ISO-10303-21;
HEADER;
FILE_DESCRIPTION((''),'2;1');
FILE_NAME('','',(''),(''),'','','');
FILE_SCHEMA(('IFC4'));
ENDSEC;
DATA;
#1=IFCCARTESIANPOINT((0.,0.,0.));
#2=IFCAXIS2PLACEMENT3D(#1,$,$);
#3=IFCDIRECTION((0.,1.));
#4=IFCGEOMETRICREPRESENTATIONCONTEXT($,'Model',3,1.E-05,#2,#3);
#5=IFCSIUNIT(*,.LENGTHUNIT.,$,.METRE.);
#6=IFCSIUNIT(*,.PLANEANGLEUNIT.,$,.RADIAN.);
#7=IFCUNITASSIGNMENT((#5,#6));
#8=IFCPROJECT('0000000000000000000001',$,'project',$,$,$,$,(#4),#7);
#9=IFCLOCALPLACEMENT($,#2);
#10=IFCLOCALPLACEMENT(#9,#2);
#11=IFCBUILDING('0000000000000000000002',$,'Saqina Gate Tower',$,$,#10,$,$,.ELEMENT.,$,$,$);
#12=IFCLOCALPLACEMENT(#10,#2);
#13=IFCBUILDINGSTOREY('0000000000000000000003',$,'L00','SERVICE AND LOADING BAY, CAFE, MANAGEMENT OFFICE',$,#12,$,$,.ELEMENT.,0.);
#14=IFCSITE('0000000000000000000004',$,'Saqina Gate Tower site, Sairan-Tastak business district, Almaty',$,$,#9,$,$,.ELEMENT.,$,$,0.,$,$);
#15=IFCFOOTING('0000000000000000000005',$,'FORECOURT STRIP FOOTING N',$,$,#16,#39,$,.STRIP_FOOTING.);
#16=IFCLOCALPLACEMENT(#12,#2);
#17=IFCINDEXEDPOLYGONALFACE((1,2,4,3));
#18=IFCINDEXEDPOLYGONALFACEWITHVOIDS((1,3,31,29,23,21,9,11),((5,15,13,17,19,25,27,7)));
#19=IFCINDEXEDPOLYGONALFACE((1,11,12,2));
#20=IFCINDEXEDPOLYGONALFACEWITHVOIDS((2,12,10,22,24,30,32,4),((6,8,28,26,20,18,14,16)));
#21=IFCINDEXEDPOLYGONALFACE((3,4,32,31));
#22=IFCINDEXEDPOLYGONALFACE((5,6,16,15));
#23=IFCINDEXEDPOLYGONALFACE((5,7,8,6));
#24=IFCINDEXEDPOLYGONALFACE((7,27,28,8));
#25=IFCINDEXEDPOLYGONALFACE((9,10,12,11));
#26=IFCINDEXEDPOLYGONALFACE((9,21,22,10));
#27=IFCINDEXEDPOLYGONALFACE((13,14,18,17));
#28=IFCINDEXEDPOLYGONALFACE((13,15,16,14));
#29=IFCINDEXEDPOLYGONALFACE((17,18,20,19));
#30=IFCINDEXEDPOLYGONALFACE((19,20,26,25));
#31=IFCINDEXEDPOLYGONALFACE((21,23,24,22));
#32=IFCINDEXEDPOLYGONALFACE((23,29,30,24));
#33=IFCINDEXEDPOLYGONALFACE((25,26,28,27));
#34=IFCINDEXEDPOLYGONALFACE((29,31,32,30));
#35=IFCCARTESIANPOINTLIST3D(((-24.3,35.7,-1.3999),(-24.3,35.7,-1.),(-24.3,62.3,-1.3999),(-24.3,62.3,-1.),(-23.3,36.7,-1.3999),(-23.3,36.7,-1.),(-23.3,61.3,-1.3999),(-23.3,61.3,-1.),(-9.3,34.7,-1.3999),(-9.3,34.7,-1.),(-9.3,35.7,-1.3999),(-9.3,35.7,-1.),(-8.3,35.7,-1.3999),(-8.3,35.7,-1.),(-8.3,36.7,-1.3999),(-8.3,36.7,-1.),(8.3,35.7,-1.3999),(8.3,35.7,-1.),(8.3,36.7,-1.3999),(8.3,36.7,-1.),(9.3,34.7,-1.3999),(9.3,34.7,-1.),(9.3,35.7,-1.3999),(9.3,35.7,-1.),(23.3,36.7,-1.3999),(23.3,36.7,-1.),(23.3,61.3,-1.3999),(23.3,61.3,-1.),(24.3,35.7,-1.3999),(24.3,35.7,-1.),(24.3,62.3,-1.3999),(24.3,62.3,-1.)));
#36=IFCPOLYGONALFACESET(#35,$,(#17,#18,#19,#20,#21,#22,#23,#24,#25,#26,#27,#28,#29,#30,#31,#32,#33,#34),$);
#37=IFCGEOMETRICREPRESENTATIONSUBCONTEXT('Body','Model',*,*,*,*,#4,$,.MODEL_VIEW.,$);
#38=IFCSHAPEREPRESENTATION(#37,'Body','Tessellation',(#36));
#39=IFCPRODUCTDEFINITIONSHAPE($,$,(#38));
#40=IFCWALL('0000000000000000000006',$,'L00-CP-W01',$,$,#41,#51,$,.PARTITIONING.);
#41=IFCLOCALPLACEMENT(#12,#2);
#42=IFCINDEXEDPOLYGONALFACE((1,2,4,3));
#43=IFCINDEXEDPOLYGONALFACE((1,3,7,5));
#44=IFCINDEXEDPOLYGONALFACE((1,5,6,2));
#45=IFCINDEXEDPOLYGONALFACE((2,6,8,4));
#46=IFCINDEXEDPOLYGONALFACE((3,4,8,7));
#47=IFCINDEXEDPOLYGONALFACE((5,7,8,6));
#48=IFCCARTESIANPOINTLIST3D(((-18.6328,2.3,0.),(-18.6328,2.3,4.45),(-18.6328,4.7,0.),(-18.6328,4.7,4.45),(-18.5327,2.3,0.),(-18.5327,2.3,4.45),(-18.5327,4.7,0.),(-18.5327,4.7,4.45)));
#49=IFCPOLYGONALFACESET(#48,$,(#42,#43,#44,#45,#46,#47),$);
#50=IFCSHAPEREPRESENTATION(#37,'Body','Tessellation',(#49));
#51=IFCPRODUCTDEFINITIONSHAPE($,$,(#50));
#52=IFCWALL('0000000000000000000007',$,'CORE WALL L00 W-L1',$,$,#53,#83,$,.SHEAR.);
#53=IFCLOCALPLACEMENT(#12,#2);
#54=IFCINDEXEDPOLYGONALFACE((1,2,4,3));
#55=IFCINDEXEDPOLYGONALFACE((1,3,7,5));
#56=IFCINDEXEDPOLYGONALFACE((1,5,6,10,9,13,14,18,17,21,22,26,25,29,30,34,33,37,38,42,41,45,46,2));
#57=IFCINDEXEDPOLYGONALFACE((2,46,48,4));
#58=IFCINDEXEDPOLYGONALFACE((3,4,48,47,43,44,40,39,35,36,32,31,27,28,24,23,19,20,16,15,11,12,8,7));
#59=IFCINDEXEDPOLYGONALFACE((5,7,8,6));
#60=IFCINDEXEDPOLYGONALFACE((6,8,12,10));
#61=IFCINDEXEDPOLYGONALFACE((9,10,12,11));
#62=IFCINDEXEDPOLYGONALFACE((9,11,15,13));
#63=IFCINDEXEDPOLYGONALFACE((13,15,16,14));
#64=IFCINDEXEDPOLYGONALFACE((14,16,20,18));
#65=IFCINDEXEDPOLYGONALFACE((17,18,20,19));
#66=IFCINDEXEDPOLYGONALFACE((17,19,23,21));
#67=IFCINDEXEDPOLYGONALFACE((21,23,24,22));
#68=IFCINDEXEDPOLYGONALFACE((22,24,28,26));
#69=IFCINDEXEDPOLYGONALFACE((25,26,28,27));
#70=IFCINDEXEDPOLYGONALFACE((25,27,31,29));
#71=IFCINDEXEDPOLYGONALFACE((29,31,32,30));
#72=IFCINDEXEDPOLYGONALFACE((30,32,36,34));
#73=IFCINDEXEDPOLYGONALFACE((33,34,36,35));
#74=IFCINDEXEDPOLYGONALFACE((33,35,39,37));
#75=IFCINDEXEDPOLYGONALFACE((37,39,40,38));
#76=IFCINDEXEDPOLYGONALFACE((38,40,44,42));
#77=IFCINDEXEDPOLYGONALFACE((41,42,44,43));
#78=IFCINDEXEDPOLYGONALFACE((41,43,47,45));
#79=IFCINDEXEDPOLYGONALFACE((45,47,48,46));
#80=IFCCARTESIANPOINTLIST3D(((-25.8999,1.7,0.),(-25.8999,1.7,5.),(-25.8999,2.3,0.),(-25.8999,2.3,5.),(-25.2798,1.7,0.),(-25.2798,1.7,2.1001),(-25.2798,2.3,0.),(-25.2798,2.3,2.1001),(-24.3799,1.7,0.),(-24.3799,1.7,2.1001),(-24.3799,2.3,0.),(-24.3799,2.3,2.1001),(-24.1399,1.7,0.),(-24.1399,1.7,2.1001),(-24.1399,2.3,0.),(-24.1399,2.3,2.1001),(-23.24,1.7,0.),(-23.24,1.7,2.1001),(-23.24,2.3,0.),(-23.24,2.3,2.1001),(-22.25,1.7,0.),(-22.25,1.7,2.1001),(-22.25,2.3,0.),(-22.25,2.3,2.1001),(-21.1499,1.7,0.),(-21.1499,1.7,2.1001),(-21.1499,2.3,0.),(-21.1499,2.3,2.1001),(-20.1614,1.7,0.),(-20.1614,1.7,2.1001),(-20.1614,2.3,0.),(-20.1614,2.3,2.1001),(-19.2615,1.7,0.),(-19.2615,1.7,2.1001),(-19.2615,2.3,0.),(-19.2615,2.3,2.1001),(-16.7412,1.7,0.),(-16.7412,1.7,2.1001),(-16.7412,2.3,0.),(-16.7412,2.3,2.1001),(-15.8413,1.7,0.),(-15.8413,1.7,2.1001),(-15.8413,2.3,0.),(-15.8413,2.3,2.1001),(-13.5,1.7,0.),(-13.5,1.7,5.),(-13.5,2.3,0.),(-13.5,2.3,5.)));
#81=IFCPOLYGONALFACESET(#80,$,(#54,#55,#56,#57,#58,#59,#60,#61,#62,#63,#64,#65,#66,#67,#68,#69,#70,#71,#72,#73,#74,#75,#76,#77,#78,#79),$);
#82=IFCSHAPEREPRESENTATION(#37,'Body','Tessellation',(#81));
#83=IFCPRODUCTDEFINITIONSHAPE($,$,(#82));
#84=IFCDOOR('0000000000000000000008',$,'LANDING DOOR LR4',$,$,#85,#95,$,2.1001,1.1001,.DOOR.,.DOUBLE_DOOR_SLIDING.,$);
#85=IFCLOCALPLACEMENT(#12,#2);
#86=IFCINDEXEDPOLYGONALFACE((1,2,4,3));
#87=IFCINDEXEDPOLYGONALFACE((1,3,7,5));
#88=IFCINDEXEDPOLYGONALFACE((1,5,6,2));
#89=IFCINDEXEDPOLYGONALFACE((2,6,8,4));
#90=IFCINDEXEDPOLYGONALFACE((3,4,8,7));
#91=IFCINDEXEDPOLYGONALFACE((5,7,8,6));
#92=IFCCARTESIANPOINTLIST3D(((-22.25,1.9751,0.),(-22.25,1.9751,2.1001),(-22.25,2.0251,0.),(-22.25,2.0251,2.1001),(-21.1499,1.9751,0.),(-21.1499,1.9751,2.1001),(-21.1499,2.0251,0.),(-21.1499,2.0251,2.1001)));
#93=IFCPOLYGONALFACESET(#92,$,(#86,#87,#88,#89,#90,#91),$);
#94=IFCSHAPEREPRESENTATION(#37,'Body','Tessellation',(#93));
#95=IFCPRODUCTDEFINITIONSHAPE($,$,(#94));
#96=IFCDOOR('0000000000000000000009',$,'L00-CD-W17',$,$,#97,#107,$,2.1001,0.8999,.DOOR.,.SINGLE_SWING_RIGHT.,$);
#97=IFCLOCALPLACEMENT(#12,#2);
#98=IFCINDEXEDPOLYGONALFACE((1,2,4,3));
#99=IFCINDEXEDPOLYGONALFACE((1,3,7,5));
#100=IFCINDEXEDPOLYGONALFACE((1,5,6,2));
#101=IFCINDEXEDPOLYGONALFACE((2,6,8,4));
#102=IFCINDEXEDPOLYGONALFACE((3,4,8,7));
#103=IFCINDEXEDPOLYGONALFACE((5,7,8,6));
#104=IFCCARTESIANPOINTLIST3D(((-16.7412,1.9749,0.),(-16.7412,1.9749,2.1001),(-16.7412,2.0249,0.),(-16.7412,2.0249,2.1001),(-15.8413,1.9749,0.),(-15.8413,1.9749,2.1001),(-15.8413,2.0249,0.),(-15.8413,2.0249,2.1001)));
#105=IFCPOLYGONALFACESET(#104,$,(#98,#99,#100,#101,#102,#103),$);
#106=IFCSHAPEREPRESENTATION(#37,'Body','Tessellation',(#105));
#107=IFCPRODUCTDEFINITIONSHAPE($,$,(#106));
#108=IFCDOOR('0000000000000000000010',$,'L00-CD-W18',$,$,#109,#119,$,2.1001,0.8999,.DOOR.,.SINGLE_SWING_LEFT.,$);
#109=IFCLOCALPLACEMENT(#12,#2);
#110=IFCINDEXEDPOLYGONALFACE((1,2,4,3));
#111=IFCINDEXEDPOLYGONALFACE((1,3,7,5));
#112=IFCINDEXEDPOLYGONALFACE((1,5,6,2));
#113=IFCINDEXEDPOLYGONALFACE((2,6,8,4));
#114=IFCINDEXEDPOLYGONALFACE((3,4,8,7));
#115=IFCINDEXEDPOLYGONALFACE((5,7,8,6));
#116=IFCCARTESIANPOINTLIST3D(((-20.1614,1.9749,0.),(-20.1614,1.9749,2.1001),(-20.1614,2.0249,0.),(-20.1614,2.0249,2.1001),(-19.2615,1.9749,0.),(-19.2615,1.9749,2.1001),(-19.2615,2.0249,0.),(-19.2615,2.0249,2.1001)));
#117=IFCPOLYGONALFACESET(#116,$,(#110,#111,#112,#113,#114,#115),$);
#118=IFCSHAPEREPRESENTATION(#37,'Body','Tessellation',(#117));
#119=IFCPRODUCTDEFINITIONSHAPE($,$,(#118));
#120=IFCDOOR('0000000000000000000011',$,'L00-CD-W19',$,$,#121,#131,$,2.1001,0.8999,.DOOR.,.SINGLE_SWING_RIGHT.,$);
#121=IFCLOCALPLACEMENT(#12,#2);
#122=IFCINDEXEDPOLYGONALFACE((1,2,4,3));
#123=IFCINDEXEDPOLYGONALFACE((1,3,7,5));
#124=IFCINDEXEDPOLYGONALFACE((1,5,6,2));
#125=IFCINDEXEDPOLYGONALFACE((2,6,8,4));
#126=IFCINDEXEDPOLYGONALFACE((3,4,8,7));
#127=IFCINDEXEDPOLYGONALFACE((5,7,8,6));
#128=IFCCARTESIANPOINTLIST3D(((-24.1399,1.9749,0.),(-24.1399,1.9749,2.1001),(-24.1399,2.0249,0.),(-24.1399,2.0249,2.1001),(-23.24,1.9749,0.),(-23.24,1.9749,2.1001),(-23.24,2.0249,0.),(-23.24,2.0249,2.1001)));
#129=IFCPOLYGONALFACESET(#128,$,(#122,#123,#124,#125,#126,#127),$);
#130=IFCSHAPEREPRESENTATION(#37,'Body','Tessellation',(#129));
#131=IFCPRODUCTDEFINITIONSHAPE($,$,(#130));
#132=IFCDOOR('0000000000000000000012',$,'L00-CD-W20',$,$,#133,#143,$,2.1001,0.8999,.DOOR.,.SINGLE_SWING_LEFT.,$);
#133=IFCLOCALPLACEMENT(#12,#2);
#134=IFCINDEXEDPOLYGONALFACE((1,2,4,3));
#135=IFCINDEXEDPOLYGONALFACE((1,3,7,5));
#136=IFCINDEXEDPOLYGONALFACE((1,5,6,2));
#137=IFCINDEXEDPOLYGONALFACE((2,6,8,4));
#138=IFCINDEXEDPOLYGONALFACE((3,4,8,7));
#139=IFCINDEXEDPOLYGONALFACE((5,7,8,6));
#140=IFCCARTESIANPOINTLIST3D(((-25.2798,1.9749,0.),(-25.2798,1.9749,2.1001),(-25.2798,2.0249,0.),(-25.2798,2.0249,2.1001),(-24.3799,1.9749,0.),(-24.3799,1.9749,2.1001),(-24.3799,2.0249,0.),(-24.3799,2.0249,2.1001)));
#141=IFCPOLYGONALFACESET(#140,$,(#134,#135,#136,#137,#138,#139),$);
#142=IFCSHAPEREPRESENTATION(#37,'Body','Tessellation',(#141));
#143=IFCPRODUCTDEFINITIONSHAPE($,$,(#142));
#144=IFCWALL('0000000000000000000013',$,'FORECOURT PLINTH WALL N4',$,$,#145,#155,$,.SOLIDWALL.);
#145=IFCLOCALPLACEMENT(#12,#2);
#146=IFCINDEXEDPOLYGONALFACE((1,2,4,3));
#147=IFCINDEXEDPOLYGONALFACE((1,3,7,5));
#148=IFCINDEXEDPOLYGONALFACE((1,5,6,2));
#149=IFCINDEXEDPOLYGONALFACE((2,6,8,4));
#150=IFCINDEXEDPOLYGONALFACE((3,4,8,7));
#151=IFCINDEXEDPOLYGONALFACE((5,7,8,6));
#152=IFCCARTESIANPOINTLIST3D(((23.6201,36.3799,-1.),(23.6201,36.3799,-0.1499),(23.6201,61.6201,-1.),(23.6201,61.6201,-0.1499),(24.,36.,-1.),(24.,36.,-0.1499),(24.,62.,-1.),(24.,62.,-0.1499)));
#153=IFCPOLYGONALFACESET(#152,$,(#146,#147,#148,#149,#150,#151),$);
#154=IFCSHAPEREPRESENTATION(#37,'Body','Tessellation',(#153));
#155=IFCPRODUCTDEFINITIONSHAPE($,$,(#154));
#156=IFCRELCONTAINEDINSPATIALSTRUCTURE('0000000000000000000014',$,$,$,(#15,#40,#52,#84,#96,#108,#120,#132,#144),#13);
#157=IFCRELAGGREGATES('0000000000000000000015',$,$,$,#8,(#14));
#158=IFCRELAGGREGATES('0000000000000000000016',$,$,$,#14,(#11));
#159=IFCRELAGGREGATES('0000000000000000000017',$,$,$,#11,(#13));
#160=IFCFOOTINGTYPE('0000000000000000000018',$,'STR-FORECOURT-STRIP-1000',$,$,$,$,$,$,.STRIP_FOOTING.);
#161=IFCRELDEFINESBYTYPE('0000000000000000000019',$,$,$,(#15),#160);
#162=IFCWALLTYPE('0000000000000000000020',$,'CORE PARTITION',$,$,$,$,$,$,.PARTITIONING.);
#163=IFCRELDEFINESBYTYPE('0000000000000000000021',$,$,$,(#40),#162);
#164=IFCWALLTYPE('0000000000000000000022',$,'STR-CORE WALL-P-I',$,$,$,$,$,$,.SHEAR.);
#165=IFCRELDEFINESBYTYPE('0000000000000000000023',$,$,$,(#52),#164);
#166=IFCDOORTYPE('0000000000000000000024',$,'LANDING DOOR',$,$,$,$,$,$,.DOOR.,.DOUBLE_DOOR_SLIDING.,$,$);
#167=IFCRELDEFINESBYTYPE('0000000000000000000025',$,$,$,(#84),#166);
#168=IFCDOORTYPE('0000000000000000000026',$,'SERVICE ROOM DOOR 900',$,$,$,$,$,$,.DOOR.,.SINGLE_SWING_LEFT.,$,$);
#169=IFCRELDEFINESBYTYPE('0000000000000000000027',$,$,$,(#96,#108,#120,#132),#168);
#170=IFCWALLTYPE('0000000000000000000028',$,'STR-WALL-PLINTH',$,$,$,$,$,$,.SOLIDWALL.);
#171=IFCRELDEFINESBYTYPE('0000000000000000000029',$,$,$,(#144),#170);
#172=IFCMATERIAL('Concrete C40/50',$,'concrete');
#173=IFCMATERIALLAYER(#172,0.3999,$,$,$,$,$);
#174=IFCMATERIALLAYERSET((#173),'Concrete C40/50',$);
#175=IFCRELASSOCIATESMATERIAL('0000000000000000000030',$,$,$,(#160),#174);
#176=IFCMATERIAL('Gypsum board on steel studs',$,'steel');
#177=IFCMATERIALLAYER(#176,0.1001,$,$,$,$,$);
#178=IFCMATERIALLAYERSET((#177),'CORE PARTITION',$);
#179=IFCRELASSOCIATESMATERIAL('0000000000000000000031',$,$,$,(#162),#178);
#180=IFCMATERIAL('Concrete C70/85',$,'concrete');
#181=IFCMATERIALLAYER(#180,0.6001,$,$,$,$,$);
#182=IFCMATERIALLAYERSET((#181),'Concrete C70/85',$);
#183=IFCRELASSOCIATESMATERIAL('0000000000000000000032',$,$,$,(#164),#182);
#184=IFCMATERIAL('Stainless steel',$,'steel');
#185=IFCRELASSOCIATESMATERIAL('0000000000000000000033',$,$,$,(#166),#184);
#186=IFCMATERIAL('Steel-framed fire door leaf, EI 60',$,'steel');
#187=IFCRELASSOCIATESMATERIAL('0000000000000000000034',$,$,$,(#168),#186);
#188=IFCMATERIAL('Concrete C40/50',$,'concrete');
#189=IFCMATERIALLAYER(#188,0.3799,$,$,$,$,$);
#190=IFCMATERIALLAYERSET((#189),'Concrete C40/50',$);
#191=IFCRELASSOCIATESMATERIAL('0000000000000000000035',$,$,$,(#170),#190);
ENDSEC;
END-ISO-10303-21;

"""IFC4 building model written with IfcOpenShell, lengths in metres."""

from ifc_helpers import new_model, si_unit, direction, frame, frame_2d, origin, place, context, subcontext, project, spatial, polyline, rectangle, outline, extrude, material, layer, layer_set, type_object, element, fill, save


model = new_model("IFC4")

# Units and contexts
model_context = context("Model", 3, precision=1e-05, world=origin(), true_north=direction((0.0, 1.0)))
body_context = subcontext(model_context, "Body", "Model", "MODEL_VIEW")
ifc_project = project(units=[si_unit("LENGTHUNIT", "METRE"), si_unit("PLANEANGLEUNIT", "RADIAN")], contexts=[model_context])

# Site, building, storey
site_placement = place(None, origin())
site = spatial("IfcSite", under=ifc_project, at=site_placement, Name="Saqina Gate Tower site, Sairan-Tastak business district, Almaty", CompositionType="ELEMENT", RefElevation=0.0)
building_placement = place(site_placement, origin())
building = spatial("IfcBuilding", under=site, at=building_placement, Name="Saqina Gate Tower", CompositionType="ELEMENT")
storey_placement = place(building_placement, origin())
storey = spatial("IfcBuildingStorey", under=building, at=storey_placement, Name="L00", Description="SERVICE AND LOADING BAY, CAFE, MANAGEMENT OFFICE", CompositionType="ELEMENT", Elevation=0.0)

# Footing
ifc_material_1 = material(Name="Concrete C40/50", Category="concrete")
ifc_layer_1 = layer(ifc_material_1, 0.3999)
ifc_layer_set_1 = layer_set([ifc_layer_1], Name="Concrete C40/50")
footing_type = type_object("IfcFootingType", Name="STR-FORECOURT-STRIP-1000", PredefinedType="STRIP_FOOTING", material=ifc_layer_set_1)
footing_placement = place(storey_placement, frame((0.0, 0.0, -1.3999)))
element("IfcFooting", 1, at=footing_placement, inside=storey, type_object=footing_type, Name="FORECOURT STRIP FOOTING N", PredefinedType="STRIP_FOOTING", context=body_context, shape_type="SweptSolid", body=[
    extrude(outline(polyline([(-9.3, 35.7), (-9.3, 34.7), (9.3, 34.7), (9.3, 35.7), (24.3, 35.7), (24.3, 62.3), (-24.3, 62.3), (-24.3, 35.7), (-9.3, 35.7)]), holes=[polyline([(8.3, 35.7), (-8.3, 35.7), (-8.3, 36.7), (-23.3, 36.7), (-23.3, 61.3), (23.3, 61.3), (23.3, 36.7), (8.3, 36.7), (8.3, 35.7)])]), origin(), (0.0, 0.0, 1.0), 0.3999),
])

# Wall
ifc_material_2 = material(Name="Gypsum board on steel studs", Category="steel")
ifc_layer_2 = layer(ifc_material_2, 0.1001)
ifc_layer_set_2 = layer_set([ifc_layer_2], Name="CORE PARTITION")
wall_type_1 = type_object("IfcWallType", Name="CORE PARTITION", PredefinedType="PARTITIONING", material=ifc_layer_set_2)
wall_1_placement = place(storey_placement, frame((-18.5828, 2.3, 0.0), z_axis=(0.0, 0.0, 1.0), x_axis=(0.0, 1.0, 0.0)))
element("IfcWall", 2, at=wall_1_placement, inside=storey, type_object=wall_type_1, Name="L00-CP-W01", PredefinedType="PARTITIONING", context=body_context, shape_type="SweptSolid", body=[
    extrude(rectangle(XDim=2.3999, YDim=0.1001, at=frame_2d((1.2, 0.0))), origin(), (0.0, 0.0, 1.0), 4.45),
])

# Wall, openings, doors
ifc_material_3 = material(Name="Concrete C70/85", Category="concrete")
ifc_layer_3 = layer(ifc_material_3, 0.6001)
ifc_layer_set_3 = layer_set([ifc_layer_3], Name="Concrete C70/85")
wall_type_2 = type_object("IfcWallType", Name="STR-CORE WALL-P-I", PredefinedType="SHEAR", material=ifc_layer_set_3)
wall_2_placement = place(storey_placement, frame((-13.5, 2.0, 0.0), z_axis=(0.0, 0.0, 1.0), x_axis=(-1.0, 0.0, 0.0)))
wall_2 = element("IfcWall", 3, at=wall_2_placement, inside=storey, type_object=wall_type_2, Name="CORE WALL L00 W-L1", PredefinedType="SHEAR", context=body_context, shape_type="SweptSolid", body=[
    extrude(rectangle(XDim=12.3999, YDim=0.6001, at=frame_2d((6.2, 0.0))), origin(), (0.0, 0.0, 1.0), 5.0),
])
opening_1_placement = place(wall_2_placement, frame((7.6499, 0.0, 0.0)))
opening_1 = element("IfcOpeningElement", 4, at=opening_1_placement, cuts=wall_2, PredefinedType="OPENING", context=body_context, shape_type="SweptSolid", body=[
    extrude(rectangle(XDim=1.1001, YDim=2.1001, at=frame_2d((0.55, 1.05))), frame((0.0, 0.312, 0.0), z_axis=(0.0, -1.0, 0.0), x_axis=(1.0, 0.0, 0.0)), (0.0, 0.0, 1.0), 0.624),
])
opening_2_placement = place(wall_2_placement, frame((2.3413, 0.0, 0.0)))
opening_2 = element("IfcOpeningElement", 5, at=opening_2_placement, cuts=wall_2, PredefinedType="OPENING", context=body_context, shape_type="SweptSolid", body=[
    extrude(rectangle(XDim=0.8999, YDim=2.1001, at=frame_2d((0.45, 1.05))), frame((0.0, 0.312, 0.0), z_axis=(0.0, -1.0, 0.0), x_axis=(1.0, 0.0, 0.0)), (0.0, 0.0, 1.0), 0.624),
])
opening_3_placement = place(wall_2_placement, frame((5.7615, 0.0, 0.0)))
opening_3 = element("IfcOpeningElement", 6, at=opening_3_placement, cuts=wall_2, PredefinedType="OPENING", context=body_context, shape_type="SweptSolid", body=[
    extrude(rectangle(XDim=0.8999, YDim=2.1001, at=frame_2d((0.45, 1.05))), frame((0.0, 0.312, 0.0), z_axis=(0.0, -1.0, 0.0), x_axis=(1.0, 0.0, 0.0)), (0.0, 0.0, 1.0), 0.624),
])
opening_4_placement = place(wall_2_placement, frame((9.74, 0.0, 0.0)))
opening_4 = element("IfcOpeningElement", 7, at=opening_4_placement, cuts=wall_2, PredefinedType="OPENING", context=body_context, shape_type="SweptSolid", body=[
    extrude(rectangle(XDim=0.8999, YDim=2.1001, at=frame_2d((0.45, 1.05))), frame((0.0, 0.312, 0.0), z_axis=(0.0, -1.0, 0.0), x_axis=(1.0, 0.0, 0.0)), (0.0, 0.0, 1.0), 0.624),
])
opening_5_placement = place(wall_2_placement, frame((10.8799, 0.0, 0.0)))
opening_5 = element("IfcOpeningElement", 8, at=opening_5_placement, cuts=wall_2, PredefinedType="OPENING", context=body_context, shape_type="SweptSolid", body=[
    extrude(rectangle(XDim=0.8999, YDim=2.1001, at=frame_2d((0.45, 1.05))), frame((0.0, 0.312, 0.0), z_axis=(0.0, -1.0, 0.0), x_axis=(1.0, 0.0, 0.0)), (0.0, 0.0, 1.0), 0.624),
])
ifc_material_4 = material(Name="Stainless steel", Category="steel")
door_type_1 = type_object("IfcDoorType", Name="LANDING DOOR", OperationType="DOUBLE_DOOR_SLIDING", PredefinedType="DOOR", material=ifc_material_4)
door_1_placement = place(opening_1_placement, origin())
door_1 = element("IfcDoor", 9, at=door_1_placement, inside=storey, type_object=door_type_1, Name="LANDING DOOR LR4", OperationType="DOUBLE_DOOR_SLIDING", OverallHeight=2.1001, OverallWidth=1.1001, PredefinedType="DOOR", context=body_context, shape_type="SweptSolid", body=[
    extrude(rectangle(XDim=1.1001, YDim=2.1001, at=frame_2d((0.55, 1.05))), frame((0.0, 0.0249, 0.0), z_axis=(0.0, -1.0, 0.0), x_axis=(1.0, 0.0, 0.0)), (0.0, 0.0, 1.0), 0.05),
])
fill(opening_1, door_1)
ifc_material_5 = material(Name="Steel-framed fire door leaf, EI 60", Category="steel")
door_type_2 = type_object("IfcDoorType", Name="SERVICE ROOM DOOR 900", OperationType="SINGLE_SWING_LEFT", PredefinedType="DOOR", material=ifc_material_5)
door_2_placement = place(opening_2_placement, frame((0.8999, 0.0, 0.0), z_axis=(0.0, 0.0, 1.0), x_axis=(-1.0, 0.0, 0.0)))
door_2 = element("IfcDoor", 10, at=door_2_placement, inside=storey, type_object=door_type_2, Name="L00-CD-W17", OperationType="SINGLE_SWING_RIGHT", OverallHeight=2.1001, OverallWidth=0.8999, PredefinedType="DOOR", context=body_context, shape_type="SweptSolid", body=[
    extrude(rectangle(XDim=0.8999, YDim=2.1001, at=frame_2d((0.45, 1.05))), frame((0.0, 0.0249, 0.0), z_axis=(0.0, -1.0, 0.0), x_axis=(1.0, 0.0, 0.0)), (0.0, 0.0, 1.0), 0.05),
])
fill(opening_2, door_2)
door_3_placement = place(opening_3_placement, frame((0.8999, 0.0, 0.0), z_axis=(0.0, 0.0, 1.0), x_axis=(-1.0, 0.0, 0.0)))
door_3 = element("IfcDoor", 11, at=door_3_placement, inside=storey, type_object=door_type_2, Name="L00-CD-W18", OperationType="SINGLE_SWING_LEFT", OverallHeight=2.1001, OverallWidth=0.8999, PredefinedType="DOOR", context=body_context, shape_type="SweptSolid", body=[
    extrude(rectangle(XDim=0.8999, YDim=2.1001, at=frame_2d((0.45, 1.05))), frame((0.0, 0.0249, 0.0), z_axis=(0.0, -1.0, 0.0), x_axis=(1.0, 0.0, 0.0)), (0.0, 0.0, 1.0), 0.05),
])
fill(opening_3, door_3)
door_4_placement = place(opening_4_placement, frame((0.8999, 0.0, 0.0), z_axis=(0.0, 0.0, 1.0), x_axis=(-1.0, 0.0, 0.0)))
door_4 = element("IfcDoor", 12, at=door_4_placement, inside=storey, type_object=door_type_2, Name="L00-CD-W19", OperationType="SINGLE_SWING_RIGHT", OverallHeight=2.1001, OverallWidth=0.8999, PredefinedType="DOOR", context=body_context, shape_type="SweptSolid", body=[
    extrude(rectangle(XDim=0.8999, YDim=2.1001, at=frame_2d((0.45, 1.05))), frame((0.0, 0.0249, 0.0), z_axis=(0.0, -1.0, 0.0), x_axis=(1.0, 0.0, 0.0)), (0.0, 0.0, 1.0), 0.05),
])
fill(opening_4, door_4)
door_5_placement = place(opening_5_placement, frame((0.8999, 0.0, 0.0), z_axis=(0.0, 0.0, 1.0), x_axis=(-1.0, 0.0, 0.0)))
door_5 = element("IfcDoor", 13, at=door_5_placement, inside=storey, type_object=door_type_2, Name="L00-CD-W20", OperationType="SINGLE_SWING_LEFT", OverallHeight=2.1001, OverallWidth=0.8999, PredefinedType="DOOR", context=body_context, shape_type="SweptSolid", body=[
    extrude(rectangle(XDim=0.8999, YDim=2.1001, at=frame_2d((0.45, 1.05))), frame((0.0, 0.0249, 0.0), z_axis=(0.0, -1.0, 0.0), x_axis=(1.0, 0.0, 0.0)), (0.0, 0.0, 1.0), 0.05),
])
fill(opening_5, door_5)

# Wall
ifc_material_6 = material(Name="Concrete C40/50", Category="concrete")
ifc_layer_4 = layer(ifc_material_6, 0.3799)
ifc_layer_set_4 = layer_set([ifc_layer_4], Name="Concrete C40/50")
wall_type_3 = type_object("IfcWallType", Name="STR-WALL-PLINTH", PredefinedType="SOLIDWALL", material=ifc_layer_set_4)
wall_3_placement = place(storey_placement, frame((0.0, 0.0, -1.0)))
element("IfcWall", 14, at=wall_3_placement, inside=storey, type_object=wall_type_3, Name="FORECOURT PLINTH WALL N4", PredefinedType="SOLIDWALL", context=body_context, shape_type="SweptSolid", body=[
    extrude(outline(polyline([(24.0, 36.0), (24.0, 62.0), (23.6201, 61.6201), (23.6201, 36.3799), (24.0, 36.0)])), origin(), (0.0, 0.0, 1.0), 0.8501),
])

save(model, "model.ifc")
